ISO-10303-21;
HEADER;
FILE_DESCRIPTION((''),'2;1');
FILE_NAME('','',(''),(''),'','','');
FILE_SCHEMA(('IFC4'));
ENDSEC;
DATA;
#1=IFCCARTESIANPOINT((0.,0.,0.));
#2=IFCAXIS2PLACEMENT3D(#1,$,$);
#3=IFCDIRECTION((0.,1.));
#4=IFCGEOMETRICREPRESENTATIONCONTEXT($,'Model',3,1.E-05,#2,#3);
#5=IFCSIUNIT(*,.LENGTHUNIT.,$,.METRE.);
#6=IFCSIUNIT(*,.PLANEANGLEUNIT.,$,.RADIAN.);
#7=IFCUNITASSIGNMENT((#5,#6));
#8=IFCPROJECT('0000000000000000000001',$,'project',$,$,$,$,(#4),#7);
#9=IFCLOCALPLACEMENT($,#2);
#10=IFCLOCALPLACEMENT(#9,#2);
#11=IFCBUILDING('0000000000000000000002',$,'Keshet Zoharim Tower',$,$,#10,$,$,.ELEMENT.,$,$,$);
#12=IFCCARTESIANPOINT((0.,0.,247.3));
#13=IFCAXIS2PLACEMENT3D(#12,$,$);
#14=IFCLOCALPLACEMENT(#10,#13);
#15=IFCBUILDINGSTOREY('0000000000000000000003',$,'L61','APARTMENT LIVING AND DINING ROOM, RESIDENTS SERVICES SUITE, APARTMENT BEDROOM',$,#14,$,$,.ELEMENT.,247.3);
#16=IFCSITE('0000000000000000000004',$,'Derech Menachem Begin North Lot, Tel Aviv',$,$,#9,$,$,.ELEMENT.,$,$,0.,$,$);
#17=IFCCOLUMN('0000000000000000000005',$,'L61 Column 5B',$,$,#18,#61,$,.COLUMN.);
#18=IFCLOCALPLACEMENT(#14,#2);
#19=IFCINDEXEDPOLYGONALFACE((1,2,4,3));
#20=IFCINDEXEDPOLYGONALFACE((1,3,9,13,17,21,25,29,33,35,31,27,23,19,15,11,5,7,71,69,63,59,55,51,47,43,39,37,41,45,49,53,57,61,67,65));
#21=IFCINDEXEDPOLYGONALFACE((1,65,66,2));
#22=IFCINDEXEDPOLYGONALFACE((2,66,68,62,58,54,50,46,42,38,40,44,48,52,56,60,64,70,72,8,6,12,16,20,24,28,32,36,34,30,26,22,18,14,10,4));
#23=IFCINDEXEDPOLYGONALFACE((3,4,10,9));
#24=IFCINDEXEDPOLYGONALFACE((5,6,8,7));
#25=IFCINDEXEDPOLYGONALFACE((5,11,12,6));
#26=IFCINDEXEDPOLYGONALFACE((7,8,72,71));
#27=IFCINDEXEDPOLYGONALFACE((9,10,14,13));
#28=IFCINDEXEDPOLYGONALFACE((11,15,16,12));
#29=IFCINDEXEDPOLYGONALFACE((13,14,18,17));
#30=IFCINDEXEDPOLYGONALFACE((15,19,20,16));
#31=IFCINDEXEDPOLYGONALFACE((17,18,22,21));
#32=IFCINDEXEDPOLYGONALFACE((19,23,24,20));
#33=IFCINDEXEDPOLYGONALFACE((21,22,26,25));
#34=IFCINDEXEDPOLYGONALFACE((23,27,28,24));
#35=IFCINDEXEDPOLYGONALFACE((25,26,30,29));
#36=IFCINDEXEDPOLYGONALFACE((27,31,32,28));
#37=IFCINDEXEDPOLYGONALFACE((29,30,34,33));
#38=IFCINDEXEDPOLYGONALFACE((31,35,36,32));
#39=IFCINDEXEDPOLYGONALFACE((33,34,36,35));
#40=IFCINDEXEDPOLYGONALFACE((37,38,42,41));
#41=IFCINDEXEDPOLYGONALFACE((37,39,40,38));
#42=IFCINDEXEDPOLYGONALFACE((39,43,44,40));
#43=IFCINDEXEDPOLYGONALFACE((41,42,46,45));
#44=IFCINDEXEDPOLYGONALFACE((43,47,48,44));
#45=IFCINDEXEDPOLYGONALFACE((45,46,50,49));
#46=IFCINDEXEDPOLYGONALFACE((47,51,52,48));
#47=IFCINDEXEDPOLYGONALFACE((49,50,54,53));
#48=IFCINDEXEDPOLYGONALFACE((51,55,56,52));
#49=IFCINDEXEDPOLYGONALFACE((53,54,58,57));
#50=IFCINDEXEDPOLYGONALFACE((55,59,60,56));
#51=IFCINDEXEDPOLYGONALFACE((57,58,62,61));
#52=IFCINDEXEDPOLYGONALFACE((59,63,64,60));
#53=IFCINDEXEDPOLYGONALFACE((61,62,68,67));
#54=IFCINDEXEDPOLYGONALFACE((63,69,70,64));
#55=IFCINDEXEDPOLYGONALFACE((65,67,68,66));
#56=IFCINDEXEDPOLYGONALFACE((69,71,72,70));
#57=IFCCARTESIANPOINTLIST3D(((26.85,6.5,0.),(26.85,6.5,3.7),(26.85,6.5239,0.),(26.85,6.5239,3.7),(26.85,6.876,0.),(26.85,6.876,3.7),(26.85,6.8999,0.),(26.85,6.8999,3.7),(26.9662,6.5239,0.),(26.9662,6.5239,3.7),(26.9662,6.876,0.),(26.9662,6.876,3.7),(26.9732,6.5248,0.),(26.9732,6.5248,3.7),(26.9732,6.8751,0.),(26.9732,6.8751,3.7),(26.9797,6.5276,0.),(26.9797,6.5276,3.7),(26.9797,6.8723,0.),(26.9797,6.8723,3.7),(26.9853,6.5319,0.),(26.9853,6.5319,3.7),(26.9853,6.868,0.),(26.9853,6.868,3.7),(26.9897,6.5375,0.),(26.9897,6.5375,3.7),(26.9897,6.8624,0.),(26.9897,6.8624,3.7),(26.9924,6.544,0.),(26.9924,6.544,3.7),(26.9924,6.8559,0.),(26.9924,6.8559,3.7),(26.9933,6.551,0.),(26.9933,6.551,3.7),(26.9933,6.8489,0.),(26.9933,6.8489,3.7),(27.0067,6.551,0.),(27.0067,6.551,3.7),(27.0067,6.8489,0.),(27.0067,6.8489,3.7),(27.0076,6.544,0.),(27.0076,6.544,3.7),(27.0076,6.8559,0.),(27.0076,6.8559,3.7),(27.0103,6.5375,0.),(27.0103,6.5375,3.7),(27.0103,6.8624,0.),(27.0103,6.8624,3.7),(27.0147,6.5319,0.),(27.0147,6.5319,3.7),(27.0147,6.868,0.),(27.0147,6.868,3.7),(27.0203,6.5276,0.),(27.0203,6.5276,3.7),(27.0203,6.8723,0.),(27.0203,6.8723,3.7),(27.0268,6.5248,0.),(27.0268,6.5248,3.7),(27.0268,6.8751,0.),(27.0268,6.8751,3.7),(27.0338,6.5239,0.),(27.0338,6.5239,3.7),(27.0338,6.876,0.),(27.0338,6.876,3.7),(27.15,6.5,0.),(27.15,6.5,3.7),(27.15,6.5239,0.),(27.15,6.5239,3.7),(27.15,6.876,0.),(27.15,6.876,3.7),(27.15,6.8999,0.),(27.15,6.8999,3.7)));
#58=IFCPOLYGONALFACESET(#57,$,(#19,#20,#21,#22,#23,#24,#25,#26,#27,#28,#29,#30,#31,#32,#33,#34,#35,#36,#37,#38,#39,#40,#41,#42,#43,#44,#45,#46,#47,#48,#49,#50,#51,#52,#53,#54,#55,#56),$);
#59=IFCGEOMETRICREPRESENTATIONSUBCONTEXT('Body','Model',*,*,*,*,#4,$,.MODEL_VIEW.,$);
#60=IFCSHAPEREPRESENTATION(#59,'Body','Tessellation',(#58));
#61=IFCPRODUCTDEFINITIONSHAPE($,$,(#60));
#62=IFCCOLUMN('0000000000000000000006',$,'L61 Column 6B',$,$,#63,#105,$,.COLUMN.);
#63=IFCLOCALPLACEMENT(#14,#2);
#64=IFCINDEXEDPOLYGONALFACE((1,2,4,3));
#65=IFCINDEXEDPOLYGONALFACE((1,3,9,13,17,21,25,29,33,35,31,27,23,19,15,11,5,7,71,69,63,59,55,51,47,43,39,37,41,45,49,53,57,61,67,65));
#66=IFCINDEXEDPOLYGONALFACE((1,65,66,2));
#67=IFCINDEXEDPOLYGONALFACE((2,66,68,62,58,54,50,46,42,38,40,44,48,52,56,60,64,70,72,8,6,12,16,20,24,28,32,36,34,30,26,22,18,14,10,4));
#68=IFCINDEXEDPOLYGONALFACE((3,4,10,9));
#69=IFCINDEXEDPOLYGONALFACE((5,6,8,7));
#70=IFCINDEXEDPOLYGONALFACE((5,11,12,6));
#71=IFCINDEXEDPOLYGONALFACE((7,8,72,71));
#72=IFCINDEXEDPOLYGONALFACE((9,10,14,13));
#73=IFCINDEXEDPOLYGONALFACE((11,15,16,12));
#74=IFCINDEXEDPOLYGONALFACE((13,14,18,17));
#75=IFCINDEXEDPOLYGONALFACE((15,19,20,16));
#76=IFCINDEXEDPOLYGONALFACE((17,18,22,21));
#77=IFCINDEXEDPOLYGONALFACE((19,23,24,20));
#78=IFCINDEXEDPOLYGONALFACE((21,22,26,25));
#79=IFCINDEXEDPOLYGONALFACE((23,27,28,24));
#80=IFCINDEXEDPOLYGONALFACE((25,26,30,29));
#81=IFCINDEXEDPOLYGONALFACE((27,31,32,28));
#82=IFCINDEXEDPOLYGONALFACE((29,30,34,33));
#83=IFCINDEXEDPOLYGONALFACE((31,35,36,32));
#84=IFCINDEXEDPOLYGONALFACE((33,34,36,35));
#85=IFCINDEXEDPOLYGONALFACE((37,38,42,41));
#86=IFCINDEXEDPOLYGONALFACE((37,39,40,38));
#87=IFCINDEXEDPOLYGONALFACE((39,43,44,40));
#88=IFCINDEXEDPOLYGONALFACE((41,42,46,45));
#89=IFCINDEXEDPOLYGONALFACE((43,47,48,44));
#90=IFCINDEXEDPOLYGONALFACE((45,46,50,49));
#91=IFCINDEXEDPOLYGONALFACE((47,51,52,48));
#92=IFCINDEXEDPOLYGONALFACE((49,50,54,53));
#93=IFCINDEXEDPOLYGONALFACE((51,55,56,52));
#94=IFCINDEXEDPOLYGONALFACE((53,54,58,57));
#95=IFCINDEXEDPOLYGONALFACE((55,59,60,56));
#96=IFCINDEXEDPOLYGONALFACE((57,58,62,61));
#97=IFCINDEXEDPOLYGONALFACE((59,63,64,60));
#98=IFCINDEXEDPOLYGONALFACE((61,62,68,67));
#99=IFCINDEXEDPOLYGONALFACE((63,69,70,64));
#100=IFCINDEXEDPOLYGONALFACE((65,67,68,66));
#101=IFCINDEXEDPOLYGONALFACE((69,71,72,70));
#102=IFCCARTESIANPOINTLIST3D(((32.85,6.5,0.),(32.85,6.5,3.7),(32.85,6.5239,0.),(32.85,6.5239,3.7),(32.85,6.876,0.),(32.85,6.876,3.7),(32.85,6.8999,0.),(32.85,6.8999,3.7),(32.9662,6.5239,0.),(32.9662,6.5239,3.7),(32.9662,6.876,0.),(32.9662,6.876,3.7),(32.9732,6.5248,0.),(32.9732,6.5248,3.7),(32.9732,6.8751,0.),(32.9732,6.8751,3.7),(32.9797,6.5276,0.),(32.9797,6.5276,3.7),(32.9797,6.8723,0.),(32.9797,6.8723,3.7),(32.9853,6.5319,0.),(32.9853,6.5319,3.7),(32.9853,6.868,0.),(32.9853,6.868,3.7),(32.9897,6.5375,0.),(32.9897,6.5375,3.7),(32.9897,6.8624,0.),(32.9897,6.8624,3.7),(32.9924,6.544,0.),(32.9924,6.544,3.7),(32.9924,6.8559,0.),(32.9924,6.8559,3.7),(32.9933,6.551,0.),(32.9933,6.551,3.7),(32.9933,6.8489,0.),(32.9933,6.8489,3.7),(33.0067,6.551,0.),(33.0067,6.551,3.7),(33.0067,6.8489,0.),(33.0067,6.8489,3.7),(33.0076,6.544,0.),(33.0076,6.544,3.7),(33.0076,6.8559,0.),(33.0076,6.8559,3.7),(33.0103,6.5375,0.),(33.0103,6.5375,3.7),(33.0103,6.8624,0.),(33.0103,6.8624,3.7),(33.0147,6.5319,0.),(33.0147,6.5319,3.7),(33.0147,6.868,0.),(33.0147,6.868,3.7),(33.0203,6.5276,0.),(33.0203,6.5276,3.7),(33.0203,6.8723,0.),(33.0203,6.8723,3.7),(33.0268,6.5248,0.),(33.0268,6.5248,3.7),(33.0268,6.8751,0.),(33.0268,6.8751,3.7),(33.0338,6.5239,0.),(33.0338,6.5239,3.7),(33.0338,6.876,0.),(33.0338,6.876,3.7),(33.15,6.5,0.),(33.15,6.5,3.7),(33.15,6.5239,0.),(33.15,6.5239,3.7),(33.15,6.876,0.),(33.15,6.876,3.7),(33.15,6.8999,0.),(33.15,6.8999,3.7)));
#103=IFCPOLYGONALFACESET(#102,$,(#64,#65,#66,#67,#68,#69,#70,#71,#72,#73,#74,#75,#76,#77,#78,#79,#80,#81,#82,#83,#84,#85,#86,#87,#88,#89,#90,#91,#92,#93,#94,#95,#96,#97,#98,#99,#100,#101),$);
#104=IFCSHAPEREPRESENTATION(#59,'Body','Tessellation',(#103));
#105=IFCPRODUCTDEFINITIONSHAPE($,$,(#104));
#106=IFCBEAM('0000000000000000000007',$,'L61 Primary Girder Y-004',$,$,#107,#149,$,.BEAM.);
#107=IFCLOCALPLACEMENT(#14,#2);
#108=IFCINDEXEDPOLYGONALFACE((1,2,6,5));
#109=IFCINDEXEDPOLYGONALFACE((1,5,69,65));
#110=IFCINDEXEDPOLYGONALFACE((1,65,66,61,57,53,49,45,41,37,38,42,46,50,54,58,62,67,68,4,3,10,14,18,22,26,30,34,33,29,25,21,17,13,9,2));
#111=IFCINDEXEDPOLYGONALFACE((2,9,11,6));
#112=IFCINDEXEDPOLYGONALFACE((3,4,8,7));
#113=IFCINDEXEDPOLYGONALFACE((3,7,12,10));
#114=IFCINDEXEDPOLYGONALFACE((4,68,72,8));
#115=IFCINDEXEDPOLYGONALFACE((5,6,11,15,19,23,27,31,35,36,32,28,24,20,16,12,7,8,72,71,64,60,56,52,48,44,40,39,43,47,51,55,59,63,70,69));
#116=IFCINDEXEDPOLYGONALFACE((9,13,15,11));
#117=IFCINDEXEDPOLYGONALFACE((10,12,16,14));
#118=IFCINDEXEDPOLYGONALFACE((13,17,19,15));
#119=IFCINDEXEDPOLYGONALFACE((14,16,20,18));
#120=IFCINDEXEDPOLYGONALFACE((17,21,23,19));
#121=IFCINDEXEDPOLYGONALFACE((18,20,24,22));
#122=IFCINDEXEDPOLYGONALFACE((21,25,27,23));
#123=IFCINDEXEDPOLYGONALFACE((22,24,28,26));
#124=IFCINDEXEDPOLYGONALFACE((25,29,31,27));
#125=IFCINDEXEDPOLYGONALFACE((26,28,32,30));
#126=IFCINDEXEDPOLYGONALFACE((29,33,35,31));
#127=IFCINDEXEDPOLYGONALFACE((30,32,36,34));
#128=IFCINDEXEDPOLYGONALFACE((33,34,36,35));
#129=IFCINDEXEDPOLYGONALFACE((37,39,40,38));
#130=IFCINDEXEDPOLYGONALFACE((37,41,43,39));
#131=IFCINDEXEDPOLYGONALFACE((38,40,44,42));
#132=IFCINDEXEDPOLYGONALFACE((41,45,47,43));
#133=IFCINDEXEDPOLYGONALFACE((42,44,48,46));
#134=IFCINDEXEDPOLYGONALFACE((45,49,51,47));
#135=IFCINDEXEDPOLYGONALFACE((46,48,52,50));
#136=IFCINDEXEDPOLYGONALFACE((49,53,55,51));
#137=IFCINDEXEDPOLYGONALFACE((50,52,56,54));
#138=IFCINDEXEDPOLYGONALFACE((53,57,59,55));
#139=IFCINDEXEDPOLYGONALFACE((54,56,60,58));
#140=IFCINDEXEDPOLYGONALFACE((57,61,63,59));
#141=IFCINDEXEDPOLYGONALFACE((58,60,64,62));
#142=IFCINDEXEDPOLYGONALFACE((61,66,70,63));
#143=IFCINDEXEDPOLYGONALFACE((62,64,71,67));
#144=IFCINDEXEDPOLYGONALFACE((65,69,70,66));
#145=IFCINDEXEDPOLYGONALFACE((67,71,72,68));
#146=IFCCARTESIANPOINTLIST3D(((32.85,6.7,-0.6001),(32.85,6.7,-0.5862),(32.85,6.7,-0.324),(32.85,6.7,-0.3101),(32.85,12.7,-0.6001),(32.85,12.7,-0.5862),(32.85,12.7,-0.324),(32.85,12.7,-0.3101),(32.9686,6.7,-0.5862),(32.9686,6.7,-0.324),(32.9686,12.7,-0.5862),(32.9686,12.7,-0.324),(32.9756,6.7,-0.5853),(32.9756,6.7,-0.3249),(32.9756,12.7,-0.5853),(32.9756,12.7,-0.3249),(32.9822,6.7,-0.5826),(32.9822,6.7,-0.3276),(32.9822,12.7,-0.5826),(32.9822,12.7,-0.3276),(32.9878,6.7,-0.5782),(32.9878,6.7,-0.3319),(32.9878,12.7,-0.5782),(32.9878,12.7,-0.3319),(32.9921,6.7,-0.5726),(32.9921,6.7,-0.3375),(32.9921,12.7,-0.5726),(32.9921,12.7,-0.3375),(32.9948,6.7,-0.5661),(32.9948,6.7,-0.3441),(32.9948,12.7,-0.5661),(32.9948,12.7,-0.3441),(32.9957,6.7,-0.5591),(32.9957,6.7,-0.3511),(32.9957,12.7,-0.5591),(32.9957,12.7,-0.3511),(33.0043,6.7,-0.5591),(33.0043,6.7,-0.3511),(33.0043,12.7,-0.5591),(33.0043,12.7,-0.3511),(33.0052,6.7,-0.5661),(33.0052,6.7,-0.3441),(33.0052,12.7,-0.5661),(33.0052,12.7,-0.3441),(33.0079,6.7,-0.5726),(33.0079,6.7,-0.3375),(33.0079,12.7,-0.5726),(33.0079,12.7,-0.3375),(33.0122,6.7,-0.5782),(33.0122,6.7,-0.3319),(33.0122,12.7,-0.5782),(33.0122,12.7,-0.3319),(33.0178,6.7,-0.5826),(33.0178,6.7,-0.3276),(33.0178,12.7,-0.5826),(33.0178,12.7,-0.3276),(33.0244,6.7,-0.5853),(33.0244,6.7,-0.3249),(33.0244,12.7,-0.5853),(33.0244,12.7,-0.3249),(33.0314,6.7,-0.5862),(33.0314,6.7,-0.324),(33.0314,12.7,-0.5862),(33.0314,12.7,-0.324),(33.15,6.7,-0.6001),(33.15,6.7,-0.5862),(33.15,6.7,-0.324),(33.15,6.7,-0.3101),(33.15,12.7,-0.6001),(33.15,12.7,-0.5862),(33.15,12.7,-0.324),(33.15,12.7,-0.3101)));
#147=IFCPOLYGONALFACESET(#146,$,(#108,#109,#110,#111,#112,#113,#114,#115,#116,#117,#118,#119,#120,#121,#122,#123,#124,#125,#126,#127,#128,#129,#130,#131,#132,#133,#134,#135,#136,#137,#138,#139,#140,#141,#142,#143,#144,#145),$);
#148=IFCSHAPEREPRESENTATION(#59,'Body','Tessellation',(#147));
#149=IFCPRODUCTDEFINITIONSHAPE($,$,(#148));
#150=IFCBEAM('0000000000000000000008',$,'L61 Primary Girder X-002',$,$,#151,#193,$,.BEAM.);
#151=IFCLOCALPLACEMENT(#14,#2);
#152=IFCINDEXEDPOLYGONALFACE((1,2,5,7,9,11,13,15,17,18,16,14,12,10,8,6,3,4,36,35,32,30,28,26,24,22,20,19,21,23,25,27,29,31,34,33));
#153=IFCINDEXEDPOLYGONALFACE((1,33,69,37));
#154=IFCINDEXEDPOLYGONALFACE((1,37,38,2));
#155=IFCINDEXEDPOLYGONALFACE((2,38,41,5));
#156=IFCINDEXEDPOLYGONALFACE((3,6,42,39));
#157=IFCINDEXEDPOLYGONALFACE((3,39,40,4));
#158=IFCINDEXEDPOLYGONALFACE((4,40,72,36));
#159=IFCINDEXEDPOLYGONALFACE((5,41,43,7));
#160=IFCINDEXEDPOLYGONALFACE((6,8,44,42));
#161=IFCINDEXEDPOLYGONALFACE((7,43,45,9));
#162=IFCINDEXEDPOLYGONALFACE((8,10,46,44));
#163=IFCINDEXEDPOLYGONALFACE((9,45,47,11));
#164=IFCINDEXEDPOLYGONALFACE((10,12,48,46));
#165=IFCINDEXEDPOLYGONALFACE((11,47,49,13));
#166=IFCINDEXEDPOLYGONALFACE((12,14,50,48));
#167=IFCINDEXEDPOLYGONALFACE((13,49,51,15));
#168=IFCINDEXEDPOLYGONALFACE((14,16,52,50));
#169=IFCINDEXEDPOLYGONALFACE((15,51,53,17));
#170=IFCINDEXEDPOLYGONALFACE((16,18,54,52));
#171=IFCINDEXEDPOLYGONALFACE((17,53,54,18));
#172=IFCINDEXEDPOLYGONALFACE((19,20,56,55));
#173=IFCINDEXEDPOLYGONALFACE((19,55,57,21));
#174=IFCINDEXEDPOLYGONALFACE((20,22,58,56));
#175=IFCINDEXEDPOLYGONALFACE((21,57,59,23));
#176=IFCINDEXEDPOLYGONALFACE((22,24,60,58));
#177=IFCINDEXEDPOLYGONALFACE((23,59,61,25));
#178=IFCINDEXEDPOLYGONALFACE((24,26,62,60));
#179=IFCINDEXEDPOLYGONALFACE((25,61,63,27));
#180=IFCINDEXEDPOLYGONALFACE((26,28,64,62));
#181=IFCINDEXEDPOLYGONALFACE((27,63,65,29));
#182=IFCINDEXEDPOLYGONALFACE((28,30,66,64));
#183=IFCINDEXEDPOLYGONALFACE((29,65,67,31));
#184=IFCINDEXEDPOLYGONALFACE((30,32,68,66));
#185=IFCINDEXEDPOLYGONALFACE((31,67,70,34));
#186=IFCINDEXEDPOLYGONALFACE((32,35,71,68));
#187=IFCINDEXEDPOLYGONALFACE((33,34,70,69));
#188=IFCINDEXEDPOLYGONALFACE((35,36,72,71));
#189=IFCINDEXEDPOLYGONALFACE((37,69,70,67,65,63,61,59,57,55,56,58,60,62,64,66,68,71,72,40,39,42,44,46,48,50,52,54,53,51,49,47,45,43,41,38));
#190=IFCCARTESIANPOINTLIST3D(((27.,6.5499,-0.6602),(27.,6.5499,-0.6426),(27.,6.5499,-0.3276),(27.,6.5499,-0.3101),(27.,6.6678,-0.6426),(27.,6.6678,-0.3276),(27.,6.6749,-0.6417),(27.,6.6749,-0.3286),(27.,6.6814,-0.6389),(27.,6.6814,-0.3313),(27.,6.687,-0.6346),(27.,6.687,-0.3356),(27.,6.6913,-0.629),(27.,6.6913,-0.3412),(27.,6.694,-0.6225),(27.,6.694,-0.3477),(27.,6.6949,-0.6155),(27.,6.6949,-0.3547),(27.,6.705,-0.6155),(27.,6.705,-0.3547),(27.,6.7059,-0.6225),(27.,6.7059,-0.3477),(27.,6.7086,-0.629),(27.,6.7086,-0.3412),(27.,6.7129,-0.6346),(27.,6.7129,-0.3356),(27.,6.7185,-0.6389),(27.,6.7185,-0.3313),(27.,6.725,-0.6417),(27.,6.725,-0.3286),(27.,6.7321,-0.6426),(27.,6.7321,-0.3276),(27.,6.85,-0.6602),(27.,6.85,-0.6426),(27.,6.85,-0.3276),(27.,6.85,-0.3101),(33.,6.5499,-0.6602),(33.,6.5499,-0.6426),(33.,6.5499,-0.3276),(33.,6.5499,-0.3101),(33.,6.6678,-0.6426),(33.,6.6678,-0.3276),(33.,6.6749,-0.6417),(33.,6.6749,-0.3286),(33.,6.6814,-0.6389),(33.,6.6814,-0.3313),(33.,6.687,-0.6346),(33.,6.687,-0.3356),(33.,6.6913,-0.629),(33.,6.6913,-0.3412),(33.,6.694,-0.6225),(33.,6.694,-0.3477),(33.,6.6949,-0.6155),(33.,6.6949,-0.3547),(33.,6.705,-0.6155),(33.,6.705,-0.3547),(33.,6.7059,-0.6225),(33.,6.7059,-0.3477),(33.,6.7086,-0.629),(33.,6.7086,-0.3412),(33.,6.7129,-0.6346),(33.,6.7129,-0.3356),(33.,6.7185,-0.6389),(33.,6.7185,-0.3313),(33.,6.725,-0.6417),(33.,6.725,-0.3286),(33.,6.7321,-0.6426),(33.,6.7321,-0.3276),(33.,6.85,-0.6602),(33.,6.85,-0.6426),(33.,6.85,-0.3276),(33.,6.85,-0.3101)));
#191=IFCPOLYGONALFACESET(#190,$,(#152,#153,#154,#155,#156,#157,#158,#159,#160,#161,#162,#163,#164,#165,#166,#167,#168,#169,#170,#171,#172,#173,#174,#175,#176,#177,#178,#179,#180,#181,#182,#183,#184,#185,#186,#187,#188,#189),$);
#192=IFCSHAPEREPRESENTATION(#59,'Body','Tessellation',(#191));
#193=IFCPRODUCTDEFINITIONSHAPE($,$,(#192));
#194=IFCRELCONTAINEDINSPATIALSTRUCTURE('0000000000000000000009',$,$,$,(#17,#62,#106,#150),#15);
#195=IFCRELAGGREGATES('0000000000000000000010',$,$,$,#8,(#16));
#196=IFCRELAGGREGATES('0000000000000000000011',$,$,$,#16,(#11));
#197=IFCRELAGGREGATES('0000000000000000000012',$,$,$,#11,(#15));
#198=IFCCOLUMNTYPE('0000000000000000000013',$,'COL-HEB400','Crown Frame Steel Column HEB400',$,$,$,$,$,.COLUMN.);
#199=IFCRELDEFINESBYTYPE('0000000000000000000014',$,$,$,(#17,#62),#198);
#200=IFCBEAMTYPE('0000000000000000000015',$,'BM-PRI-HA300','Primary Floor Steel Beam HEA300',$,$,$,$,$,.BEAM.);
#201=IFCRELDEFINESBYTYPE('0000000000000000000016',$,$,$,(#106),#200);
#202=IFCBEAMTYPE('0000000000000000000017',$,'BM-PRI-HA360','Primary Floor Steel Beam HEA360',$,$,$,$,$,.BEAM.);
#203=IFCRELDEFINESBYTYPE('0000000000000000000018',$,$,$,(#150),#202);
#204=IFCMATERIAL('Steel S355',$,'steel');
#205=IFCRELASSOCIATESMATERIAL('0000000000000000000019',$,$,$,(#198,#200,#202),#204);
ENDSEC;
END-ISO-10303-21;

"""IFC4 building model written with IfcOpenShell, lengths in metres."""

from ifc_helpers import new_model, si_unit, direction, frame, origin, origin_2d, place, context, subcontext, project, spatial, i_section, extrude, material, material_profile, profile_set, type_object, element, save


model = new_model("IFC4")

# Units and contexts
model_context = context("Model", 3, precision=1e-05, world=origin(), true_north=direction((0.0, 1.0)))
body_context = subcontext(model_context, "Body", "Model", "MODEL_VIEW")
ifc_project = project(units=[si_unit("LENGTHUNIT", "METRE"), si_unit("PLANEANGLEUNIT", "RADIAN")], contexts=[model_context])

# Site, building, storey
site_placement = place(None, origin())
site = spatial("IfcSite", under=ifc_project, at=site_placement, Name="Derech Menachem Begin North Lot, Tel Aviv", CompositionType="ELEMENT", RefElevation=0.0)
building_placement = place(site_placement, origin())
building = spatial("IfcBuilding", under=site, at=building_placement, Name="Keshet Zoharim Tower", CompositionType="ELEMENT")
storey_placement = place(building_placement, frame((0.0, 0.0, 247.3)))
storey = spatial("IfcBuildingStorey", under=building, at=storey_placement, Name="L61", Description="APARTMENT LIVING AND DINING ROOM, RESIDENTS SERVICES SUITE, APARTMENT BEDROOM", CompositionType="ELEMENT", Elevation=247.3)

# Columns
ifc_material_1 = material(Name="Steel S355", Category="steel")
ifc_material_profile_1 = material_profile(ifc_material_1, i_section(OverallWidth=0.3, OverallDepth=0.3999, WebThickness=0.0134, FlangeThickness=0.0239, FilletRadius=0.0271, at=origin_2d()), Name="HEB400")
ifc_profile_set_1 = profile_set([ifc_material_profile_1], Name="Steel S355")
column_type = type_object("IfcColumnType", Name="COL-HEB400", Description="Crown Frame Steel Column HEB400", PredefinedType="COLUMN", material=ifc_profile_set_1)
for number, where, z_axis, x_axis, name in (
    (1, (27.0, 6.7, 0.0), (0.0, 0.0, 1.0), (1.0, 0.0, 0.0), "L61 Column 5B"),
    (2, (33.0, 6.7, 0.0), (0.0, 0.0, 1.0), (1.0, 0.0, 0.0), "L61 Column 6B"),
):
    element("IfcColumn", number, at=place(storey_placement, frame(where, z_axis=z_axis, x_axis=x_axis)), inside=storey, type_object=column_type, Name=name, PredefinedType="COLUMN", context=body_context, shape_type="SweptSolid", body=[
        extrude(i_section(OverallWidth=0.3, OverallDepth=0.3999, WebThickness=0.0134, FlangeThickness=0.0239, FilletRadius=0.0271, at=origin_2d()), origin(), (0.0, 0.0, 1.0), 3.7),
    ])

# Beams
ifc_material_profile_2 = material_profile(ifc_material_1, i_section(OverallWidth=0.3, OverallDepth=0.29, WebThickness=0.0085, FlangeThickness=0.0139, FilletRadius=0.0271, at=origin_2d()), Name="HEA300")
ifc_profile_set_2 = profile_set([ifc_material_profile_2], Name="Steel S355")
beam_type_1 = type_object("IfcBeamType", Name="BM-PRI-HA300", Description="Primary Floor Steel Beam HEA300", PredefinedType="BEAM", material=ifc_profile_set_2)
beam_placement = place(storey_placement, frame((33.0, 6.7, -0.4551), z_axis=(0.0, 1.0, 0.0), x_axis=(-1.0, 0.0, 0.0)))
element("IfcBeam", 3, at=beam_placement, inside=storey, type_object=beam_type_1, Name="L61 Primary Girder Y-004", PredefinedType="BEAM", context=body_context, shape_type="SweptSolid", body=[
    extrude(i_section(OverallWidth=0.3, OverallDepth=0.29, WebThickness=0.0085, FlangeThickness=0.0139, FilletRadius=0.0271, at=origin_2d()), origin(), (0.0, 0.0, 1.0), 6.0),
])
ifc_material_profile_3 = material_profile(ifc_material_1, i_section(OverallWidth=0.3, OverallDepth=0.3501, WebThickness=0.01, FlangeThickness=0.0176, FilletRadius=0.0271, at=origin_2d()), Name="HEA360")
ifc_profile_set_3 = profile_set([ifc_material_profile_3], Name="Steel S355")
beam_type_2 = type_object("IfcBeamType", Name="BM-PRI-HA360", Description="Primary Floor Steel Beam HEA360", PredefinedType="BEAM", material=ifc_profile_set_3)
for number, where, z_axis, x_axis, name in (
    (4, (27.0, 6.7, -0.4851), (1.0, 0.0, 0.0), (0.0, 1.0, 0.0), "L61 Primary Girder X-002"),
):
    element("IfcBeam", number, at=place(storey_placement, frame(where, z_axis=z_axis, x_axis=x_axis)), inside=storey, type_object=beam_type_2, Name=name, PredefinedType="BEAM", context=body_context, shape_type="SweptSolid", body=[
        extrude(i_section(OverallWidth=0.3, OverallDepth=0.3501, WebThickness=0.01, FlangeThickness=0.0176, FilletRadius=0.0271, at=origin_2d()), origin(), (0.0, 0.0, 1.0), 6.0),
    ])

save(model, "model.ifc")
